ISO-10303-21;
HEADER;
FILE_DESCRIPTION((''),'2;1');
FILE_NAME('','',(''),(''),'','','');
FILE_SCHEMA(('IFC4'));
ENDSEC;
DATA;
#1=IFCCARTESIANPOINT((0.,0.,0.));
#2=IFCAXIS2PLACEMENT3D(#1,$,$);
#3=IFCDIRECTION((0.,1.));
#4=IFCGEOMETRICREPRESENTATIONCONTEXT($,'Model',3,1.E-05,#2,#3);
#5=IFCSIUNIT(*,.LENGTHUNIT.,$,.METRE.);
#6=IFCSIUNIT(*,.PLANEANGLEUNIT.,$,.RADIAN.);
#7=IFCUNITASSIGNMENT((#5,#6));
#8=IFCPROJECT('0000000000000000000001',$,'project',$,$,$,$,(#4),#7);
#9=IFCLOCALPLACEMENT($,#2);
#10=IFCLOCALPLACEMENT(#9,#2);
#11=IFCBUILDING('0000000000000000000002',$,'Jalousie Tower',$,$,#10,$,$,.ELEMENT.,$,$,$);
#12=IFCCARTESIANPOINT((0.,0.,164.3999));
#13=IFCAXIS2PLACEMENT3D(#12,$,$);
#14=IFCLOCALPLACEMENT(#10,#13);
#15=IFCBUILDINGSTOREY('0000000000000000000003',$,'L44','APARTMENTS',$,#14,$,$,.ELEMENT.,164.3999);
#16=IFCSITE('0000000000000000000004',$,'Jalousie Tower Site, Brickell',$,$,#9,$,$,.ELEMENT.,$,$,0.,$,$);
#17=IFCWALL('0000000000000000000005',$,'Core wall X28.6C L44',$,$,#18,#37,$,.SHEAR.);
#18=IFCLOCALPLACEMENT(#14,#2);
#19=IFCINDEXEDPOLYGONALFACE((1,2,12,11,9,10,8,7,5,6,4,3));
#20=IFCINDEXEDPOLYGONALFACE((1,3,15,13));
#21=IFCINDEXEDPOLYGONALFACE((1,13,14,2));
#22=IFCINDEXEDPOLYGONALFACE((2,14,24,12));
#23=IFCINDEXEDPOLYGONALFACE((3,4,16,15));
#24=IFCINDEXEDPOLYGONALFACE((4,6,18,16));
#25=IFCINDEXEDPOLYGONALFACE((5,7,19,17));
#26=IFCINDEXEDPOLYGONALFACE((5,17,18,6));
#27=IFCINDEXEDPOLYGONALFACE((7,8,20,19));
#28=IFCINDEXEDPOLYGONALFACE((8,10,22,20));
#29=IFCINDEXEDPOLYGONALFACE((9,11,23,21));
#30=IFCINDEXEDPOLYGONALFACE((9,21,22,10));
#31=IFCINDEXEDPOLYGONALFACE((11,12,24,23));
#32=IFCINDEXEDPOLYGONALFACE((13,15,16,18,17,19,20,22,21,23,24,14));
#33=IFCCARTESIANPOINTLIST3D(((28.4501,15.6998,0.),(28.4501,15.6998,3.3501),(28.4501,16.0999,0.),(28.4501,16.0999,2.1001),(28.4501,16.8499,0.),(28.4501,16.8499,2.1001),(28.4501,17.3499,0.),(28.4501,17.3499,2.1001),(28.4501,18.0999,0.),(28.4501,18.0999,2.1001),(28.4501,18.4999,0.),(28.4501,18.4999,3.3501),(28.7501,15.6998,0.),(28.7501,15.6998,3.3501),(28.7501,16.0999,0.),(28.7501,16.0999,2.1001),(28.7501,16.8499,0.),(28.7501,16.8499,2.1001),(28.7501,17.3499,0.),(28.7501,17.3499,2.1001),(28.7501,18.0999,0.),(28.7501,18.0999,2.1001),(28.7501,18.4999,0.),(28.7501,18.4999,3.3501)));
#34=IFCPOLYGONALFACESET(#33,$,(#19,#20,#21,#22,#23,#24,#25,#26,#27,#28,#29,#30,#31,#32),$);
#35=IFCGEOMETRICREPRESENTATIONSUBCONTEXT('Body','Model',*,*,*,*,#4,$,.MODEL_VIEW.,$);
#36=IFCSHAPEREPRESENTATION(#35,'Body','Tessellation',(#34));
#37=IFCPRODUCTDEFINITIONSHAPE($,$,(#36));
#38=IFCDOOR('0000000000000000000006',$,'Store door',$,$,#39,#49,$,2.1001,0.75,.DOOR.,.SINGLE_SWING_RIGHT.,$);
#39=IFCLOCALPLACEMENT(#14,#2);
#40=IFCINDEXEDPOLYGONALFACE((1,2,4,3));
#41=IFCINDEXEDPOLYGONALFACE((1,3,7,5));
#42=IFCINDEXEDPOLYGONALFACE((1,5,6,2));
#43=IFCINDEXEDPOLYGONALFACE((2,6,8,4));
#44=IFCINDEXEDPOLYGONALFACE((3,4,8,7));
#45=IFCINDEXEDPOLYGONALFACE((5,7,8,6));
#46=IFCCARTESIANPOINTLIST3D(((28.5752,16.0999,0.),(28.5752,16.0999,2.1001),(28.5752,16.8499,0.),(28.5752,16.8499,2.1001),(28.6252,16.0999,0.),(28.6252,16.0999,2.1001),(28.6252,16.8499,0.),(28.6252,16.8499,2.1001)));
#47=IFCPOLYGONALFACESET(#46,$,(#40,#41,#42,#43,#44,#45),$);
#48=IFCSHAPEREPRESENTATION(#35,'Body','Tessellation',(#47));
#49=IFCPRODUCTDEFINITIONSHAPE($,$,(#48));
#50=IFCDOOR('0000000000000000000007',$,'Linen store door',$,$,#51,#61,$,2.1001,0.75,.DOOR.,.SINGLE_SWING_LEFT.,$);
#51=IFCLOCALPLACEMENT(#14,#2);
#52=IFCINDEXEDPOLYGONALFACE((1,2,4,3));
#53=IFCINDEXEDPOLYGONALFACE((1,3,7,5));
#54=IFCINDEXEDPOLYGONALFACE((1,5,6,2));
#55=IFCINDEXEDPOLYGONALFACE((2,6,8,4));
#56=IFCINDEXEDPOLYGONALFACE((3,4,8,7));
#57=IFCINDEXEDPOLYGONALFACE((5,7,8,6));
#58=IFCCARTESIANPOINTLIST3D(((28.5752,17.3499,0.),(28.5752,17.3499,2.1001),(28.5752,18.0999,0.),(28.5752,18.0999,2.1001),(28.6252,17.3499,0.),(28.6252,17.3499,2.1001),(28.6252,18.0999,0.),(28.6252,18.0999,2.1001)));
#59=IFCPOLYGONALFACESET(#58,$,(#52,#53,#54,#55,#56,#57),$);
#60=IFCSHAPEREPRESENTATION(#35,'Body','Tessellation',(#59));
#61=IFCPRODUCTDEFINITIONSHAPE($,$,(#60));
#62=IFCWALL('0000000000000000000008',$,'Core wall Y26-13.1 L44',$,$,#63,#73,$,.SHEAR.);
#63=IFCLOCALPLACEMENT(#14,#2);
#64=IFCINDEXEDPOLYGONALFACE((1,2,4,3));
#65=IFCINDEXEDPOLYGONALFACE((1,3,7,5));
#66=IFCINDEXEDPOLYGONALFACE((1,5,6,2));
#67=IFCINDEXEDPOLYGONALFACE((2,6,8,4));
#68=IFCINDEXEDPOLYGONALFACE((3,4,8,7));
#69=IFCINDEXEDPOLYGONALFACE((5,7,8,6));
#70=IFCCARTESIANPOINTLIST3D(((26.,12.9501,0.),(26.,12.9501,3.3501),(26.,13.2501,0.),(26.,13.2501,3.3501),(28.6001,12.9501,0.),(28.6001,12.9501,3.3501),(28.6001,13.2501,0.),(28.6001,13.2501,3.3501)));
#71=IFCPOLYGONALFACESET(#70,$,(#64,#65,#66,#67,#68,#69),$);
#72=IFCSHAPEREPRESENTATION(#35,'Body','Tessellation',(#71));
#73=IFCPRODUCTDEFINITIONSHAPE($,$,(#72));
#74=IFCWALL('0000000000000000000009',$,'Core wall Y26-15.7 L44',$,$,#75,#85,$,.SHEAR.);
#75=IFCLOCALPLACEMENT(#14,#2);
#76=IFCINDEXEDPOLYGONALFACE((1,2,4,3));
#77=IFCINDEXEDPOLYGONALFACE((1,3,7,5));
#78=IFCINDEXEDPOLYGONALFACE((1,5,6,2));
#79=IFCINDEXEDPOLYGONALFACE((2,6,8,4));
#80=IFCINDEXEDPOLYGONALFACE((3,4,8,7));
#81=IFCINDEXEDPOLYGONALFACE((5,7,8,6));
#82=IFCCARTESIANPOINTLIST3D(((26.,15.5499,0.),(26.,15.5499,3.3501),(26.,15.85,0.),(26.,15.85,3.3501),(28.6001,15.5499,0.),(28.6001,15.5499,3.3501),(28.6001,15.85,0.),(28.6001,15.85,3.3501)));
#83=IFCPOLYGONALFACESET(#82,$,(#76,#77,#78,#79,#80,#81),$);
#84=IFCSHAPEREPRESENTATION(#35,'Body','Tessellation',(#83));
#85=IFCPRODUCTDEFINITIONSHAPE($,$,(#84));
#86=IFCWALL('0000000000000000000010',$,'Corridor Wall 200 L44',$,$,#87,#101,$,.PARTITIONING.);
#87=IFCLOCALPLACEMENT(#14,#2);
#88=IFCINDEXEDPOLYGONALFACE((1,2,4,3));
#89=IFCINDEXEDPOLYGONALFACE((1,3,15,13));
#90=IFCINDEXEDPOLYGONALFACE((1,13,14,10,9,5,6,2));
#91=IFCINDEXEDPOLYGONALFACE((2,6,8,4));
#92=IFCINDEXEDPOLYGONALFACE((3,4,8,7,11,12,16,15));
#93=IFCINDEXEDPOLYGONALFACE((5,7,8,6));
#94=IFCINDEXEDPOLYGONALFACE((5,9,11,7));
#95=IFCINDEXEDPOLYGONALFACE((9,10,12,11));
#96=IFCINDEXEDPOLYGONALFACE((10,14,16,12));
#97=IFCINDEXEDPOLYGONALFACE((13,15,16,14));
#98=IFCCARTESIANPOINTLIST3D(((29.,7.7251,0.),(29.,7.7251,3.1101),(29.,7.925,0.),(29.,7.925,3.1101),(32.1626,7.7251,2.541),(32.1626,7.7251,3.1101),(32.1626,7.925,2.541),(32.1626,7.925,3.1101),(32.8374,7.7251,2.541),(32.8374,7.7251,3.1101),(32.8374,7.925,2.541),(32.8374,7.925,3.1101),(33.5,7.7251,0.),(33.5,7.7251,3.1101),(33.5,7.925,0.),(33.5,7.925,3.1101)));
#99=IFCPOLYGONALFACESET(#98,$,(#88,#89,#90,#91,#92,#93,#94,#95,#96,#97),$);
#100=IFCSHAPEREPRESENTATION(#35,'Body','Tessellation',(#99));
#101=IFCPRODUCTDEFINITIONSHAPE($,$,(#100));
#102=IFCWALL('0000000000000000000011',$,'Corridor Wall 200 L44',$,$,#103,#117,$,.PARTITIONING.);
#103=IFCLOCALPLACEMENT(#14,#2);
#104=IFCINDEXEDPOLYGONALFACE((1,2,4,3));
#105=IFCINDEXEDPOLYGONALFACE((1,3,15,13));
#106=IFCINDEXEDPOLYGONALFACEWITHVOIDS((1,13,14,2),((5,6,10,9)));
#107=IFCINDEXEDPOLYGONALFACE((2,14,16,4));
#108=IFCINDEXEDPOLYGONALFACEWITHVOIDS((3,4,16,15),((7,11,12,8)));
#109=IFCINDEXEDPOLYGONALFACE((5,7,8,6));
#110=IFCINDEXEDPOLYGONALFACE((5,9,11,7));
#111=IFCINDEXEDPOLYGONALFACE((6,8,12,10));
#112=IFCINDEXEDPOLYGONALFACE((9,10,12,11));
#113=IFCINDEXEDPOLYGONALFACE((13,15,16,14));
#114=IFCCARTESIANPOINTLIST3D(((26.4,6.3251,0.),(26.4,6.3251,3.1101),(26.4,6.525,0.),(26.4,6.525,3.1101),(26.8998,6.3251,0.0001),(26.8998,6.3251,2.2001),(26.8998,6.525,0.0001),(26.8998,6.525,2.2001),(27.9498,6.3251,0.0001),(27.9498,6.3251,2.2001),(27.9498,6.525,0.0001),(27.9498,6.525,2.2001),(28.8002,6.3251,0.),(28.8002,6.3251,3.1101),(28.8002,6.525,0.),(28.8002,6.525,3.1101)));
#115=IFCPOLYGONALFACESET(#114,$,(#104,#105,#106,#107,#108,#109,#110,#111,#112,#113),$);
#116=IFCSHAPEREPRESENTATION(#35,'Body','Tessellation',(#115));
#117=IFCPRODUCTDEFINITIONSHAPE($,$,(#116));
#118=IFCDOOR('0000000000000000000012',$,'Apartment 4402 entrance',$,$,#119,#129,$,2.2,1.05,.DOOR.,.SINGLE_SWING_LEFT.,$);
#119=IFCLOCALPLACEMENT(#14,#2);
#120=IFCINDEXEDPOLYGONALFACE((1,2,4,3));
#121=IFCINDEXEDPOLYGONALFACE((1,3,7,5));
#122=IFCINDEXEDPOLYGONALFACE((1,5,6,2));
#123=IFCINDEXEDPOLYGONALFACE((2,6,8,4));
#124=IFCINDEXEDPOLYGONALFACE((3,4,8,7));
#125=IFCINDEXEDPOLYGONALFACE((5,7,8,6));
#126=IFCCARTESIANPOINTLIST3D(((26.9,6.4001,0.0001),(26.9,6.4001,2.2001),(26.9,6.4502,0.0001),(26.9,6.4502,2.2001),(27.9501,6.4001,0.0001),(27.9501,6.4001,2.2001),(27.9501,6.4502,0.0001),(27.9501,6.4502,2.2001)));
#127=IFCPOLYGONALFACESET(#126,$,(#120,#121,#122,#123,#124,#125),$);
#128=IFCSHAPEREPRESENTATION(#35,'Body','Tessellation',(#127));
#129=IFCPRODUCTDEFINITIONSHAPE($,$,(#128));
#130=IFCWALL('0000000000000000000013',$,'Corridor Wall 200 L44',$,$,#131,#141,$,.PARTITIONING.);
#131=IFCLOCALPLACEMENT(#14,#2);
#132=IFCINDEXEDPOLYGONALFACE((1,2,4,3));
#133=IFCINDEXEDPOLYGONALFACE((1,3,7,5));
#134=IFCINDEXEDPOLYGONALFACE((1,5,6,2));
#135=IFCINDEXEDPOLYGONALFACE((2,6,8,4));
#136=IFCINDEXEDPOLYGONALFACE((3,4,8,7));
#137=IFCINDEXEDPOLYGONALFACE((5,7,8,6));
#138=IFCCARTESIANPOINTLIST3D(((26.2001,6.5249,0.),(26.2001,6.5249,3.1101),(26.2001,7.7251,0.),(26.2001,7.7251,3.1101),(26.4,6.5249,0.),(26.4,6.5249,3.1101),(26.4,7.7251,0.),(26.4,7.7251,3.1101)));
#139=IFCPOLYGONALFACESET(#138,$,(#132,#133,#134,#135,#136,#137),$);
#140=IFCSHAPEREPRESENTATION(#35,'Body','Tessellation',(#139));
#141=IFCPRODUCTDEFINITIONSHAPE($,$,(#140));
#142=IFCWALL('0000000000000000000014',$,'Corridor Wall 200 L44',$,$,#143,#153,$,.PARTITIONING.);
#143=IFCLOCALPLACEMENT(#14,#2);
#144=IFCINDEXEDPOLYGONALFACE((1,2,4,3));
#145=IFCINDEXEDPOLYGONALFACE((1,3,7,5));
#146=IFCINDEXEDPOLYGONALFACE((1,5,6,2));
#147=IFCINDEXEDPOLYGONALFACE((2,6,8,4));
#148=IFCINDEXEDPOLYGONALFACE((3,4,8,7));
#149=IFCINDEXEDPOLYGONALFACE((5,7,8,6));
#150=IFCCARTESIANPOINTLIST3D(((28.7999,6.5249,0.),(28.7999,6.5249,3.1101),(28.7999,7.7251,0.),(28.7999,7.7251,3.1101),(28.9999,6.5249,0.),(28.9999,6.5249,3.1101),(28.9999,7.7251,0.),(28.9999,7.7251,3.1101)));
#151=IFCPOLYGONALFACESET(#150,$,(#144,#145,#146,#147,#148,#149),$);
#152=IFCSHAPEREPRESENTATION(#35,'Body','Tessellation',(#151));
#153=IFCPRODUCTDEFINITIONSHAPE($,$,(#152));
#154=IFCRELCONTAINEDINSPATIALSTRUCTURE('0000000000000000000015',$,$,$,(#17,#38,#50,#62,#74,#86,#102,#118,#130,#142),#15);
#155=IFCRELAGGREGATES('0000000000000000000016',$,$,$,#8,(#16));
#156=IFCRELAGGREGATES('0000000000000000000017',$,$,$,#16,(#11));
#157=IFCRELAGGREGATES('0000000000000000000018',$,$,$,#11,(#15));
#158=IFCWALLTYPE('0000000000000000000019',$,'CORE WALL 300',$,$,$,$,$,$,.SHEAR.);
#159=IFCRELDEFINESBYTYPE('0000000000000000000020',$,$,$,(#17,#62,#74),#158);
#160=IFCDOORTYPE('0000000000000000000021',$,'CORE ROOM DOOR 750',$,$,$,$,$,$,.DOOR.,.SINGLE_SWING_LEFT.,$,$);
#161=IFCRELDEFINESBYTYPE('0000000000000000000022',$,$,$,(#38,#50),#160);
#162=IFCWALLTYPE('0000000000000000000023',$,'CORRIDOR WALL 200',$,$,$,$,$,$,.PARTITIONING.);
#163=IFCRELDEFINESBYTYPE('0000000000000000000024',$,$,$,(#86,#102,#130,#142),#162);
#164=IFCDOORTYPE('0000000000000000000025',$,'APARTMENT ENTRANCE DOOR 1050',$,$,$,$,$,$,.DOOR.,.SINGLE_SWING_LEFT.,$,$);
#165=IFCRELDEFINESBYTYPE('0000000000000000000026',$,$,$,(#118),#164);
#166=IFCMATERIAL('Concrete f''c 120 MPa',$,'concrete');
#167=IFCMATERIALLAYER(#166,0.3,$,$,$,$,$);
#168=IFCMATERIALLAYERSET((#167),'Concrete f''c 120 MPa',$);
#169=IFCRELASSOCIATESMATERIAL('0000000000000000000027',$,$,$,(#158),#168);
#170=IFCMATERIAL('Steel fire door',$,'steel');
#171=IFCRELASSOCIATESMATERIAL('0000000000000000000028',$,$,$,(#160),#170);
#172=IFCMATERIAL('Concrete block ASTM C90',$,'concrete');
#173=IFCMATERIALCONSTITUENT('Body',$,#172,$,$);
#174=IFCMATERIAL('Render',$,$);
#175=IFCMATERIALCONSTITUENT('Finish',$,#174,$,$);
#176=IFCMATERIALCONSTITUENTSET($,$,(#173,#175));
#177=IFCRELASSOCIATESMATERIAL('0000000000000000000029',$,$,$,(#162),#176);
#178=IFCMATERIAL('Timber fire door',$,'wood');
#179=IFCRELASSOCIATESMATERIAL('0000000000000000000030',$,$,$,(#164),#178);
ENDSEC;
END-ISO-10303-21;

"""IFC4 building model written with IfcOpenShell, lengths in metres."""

from ifc_helpers import new_model, si_unit, direction, frame, frame_2d, origin, place, context, subcontext, project, spatial, polyline, rectangle, outline, extrude, material, layer, layer_set, constituent, constituent_set, type_object, element, fill, save


model = new_model("IFC4")

# Units and contexts
model_context = context("Model", 3, precision=1e-05, world=origin(), true_north=direction((0.0, 1.0)))
body_context = subcontext(model_context, "Body", "Model", "MODEL_VIEW")
ifc_project = project(units=[si_unit("LENGTHUNIT", "METRE"), si_unit("PLANEANGLEUNIT", "RADIAN")], contexts=[model_context])

# Site, building, storey
site_placement = place(None, origin())
site = spatial("IfcSite", under=ifc_project, at=site_placement, Name="Jalousie Tower Site, Brickell", CompositionType="ELEMENT", RefElevation=0.0)
building_placement = place(site_placement, origin())
building = spatial("IfcBuilding", under=site, at=building_placement, Name="Jalousie Tower", CompositionType="ELEMENT")
storey_placement = place(building_placement, frame((0.0, 0.0, 164.3999)))
storey = spatial("IfcBuildingStorey", under=building, at=storey_placement, Name="L44", Description="APARTMENTS", CompositionType="ELEMENT", Elevation=164.3999)

# Shared definitions
ifc_material_1 = material(Name="Concrete f'c 120 MPa", Category="concrete")
ifc_layer = layer(ifc_material_1, 0.3)
ifc_layer_set = layer_set([ifc_layer], Name="Concrete f'c 120 MPa")
wall_type_1 = type_object("IfcWallType", Name="CORE WALL 300", PredefinedType="SHEAR", material=ifc_layer_set)

# Wall, openings, doors
wall_1_placement = place(storey_placement, frame((28.6001, 15.7, 0.0), z_axis=(0.0, 0.0, 1.0), x_axis=(0.0, 1.0, 0.0)))
wall_1 = element("IfcWall", 1, at=wall_1_placement, inside=storey, type_object=wall_type_1, Name="Core wall X28.6C L44", PredefinedType="SHEAR", context=body_context, shape_type="SweptSolid", body=[
    extrude(rectangle(XDim=2.8, YDim=0.3, at=frame_2d((1.3999, 0.0))), origin(), (0.0, 0.0, 1.0), 3.3501),
])
opening_1_placement = place(wall_1_placement, frame((0.3999, 0.0, 0.0)))
opening_1 = element("IfcOpeningElement", 2, at=opening_1_placement, cuts=wall_1, PredefinedType="OPENING", context=body_context, shape_type="SweptSolid", body=[
    extrude(rectangle(XDim=0.75, YDim=2.1001, at=frame_2d((0.375, 1.05))), frame((0.0, 0.1599, 0.0), z_axis=(0.0, -1.0, 0.0), x_axis=(1.0, 0.0, 0.0)), (0.0, 0.0, 1.0), 0.3201),
])
opening_2_placement = place(wall_1_placement, frame((1.6499, 0.0, 0.0)))
opening_2 = element("IfcOpeningElement", 3, at=opening_2_placement, cuts=wall_1, PredefinedType="OPENING", context=body_context, shape_type="SweptSolid", body=[
    extrude(rectangle(XDim=0.75, YDim=2.1001, at=frame_2d((0.375, 1.05))), frame((0.0, 0.1599, 0.0), z_axis=(0.0, -1.0, 0.0), x_axis=(1.0, 0.0, 0.0)), (0.0, 0.0, 1.0), 0.3201),
])
ifc_material_2 = material(Name="Steel fire door", Category="steel")
door_type_1 = type_object("IfcDoorType", Name="CORE ROOM DOOR 750", OperationType="SINGLE_SWING_LEFT", PredefinedType="DOOR", material=ifc_material_2)
door_1_placement = place(opening_1_placement, origin())
door_1 = element("IfcDoor", 4, at=door_1_placement, inside=storey, type_object=door_type_1, Name="Store door", OperationType="SINGLE_SWING_RIGHT", OverallHeight=2.1001, OverallWidth=0.75, PredefinedType="DOOR", context=body_context, shape_type="SweptSolid", body=[
    extrude(rectangle(XDim=0.75, YDim=2.1001, at=frame_2d((0.375, 1.05))), frame((0.0, 0.0249, 0.0), z_axis=(0.0, -1.0, 0.0), x_axis=(1.0, 0.0, 0.0)), (0.0, 0.0, 1.0), 0.05),
])
fill(opening_1, door_1)
door_2_placement = place(opening_2_placement, origin())
door_2 = element("IfcDoor", 5, at=door_2_placement, inside=storey, type_object=door_type_1, Name="Linen store door", OperationType="SINGLE_SWING_LEFT", OverallHeight=2.1001, OverallWidth=0.75, PredefinedType="DOOR", context=body_context, shape_type="SweptSolid", body=[
    extrude(rectangle(XDim=0.75, YDim=2.1001, at=frame_2d((0.375, 1.05))), frame((0.0, 0.0249, 0.0), z_axis=(0.0, -1.0, 0.0), x_axis=(1.0, 0.0, 0.0)), (0.0, 0.0, 1.0), 0.05),
])
fill(opening_2, door_2)

# Walls
for number, where, z_axis, x_axis, name in (
    (6, (26.0, 13.1001, 0.0), (0.0, 0.0, 1.0), (1.0, 0.0, 0.0), "Core wall Y26-13.1 L44"),
    (7, (26.0, 15.7, 0.0), (0.0, 0.0, 1.0), (1.0, 0.0, 0.0), "Core wall Y26-15.7 L44"),
):
    element("IfcWall", number, at=place(storey_placement, frame(where, z_axis=z_axis, x_axis=x_axis)), inside=storey, type_object=wall_type_1, Name=name, PredefinedType="SHEAR", context=body_context, shape_type="SweptSolid", body=[
        extrude(rectangle(XDim=2.6001, YDim=0.3, at=frame_2d((1.3, 0.0))), origin(), (0.0, 0.0, 1.0), 3.3501),
    ])
ifc_material_3 = material(Name="Concrete block ASTM C90", Category="concrete")
ifc_constituent_1 = constituent(ifc_material_3, Name="Body")
ifc_material_4 = material(Name="Render")
ifc_constituent_2 = constituent(ifc_material_4, Name="Finish")
ifc_constituent_set_1 = constituent_set(constituents=[ifc_constituent_1, ifc_constituent_2])
wall_type_2 = type_object("IfcWallType", Name="CORRIDOR WALL 200", PredefinedType="PARTITIONING", material=ifc_constituent_set_1)
wall_2_placement = place(storey_placement, frame((29.0, 7.825, 0.0), z_axis=(0.0, 0.0, 1.0), x_axis=(1.0, 0.0, 0.0)))
element("IfcWall", 8, at=wall_2_placement, inside=storey, type_object=wall_type_2, Name="Corridor Wall 200 L44", PredefinedType="PARTITIONING", context=body_context, shape_type="SweptSolid", body=[
    extrude(outline(polyline([(0.0, 0.0), (4.5, 0.0), (4.5, 3.1101), (3.8374, 3.1101), (3.8374, 2.541), (3.1626, 2.541), (3.1626, 3.1101), (0.0, 3.1101), (0.0, 0.0)])), frame((0.0, 0.1001, 0.0), z_axis=(0.0, -1.0, 0.0), x_axis=(1.0, 0.0, 0.0)), (0.0, 0.0, 1.0), 0.2),
])

# Wall, opening, door
wall_3_placement = place(storey_placement, frame((26.3999, 6.425, 0.0), z_axis=(0.0, 0.0, 1.0), x_axis=(1.0, 0.0, 0.0)))
wall_3 = element("IfcWall", 9, at=wall_3_placement, inside=storey, type_object=wall_type_2, Name="Corridor Wall 200 L44", PredefinedType="PARTITIONING", context=body_context, shape_type="SweptSolid", body=[
    extrude(rectangle(XDim=2.4001, YDim=0.2, at=frame_2d((1.2002, 0.0))), origin(), (0.0, 0.0, 1.0), 3.1101),
])
opening_3_placement = place(wall_3_placement, frame((0.5, 0.0, 0.0)))
opening_3 = element("IfcOpeningElement", 10, at=opening_3_placement, cuts=wall_3, PredefinedType="OPENING", context=body_context, shape_type="SweptSolid", body=[
    extrude(rectangle(XDim=1.05, YDim=2.2, at=frame_2d((0.5249, 1.1001))), frame((0.0, 0.1099, 0.0), z_axis=(0.0, -1.0, 0.0), x_axis=(1.0, 0.0, 0.0)), (0.0, 0.0, 1.0), 0.22),
])
ifc_material_5 = material(Name="Timber fire door", Category="wood")
door_type_2 = type_object("IfcDoorType", Name="APARTMENT ENTRANCE DOOR 1050", OperationType="SINGLE_SWING_LEFT", PredefinedType="DOOR", material=ifc_material_5)
door_3_placement = place(opening_3_placement, frame((1.05, 0.0, 0.0), z_axis=(0.0, 0.0, 1.0), x_axis=(-1.0, 0.0, 0.0)))
door_3 = element("IfcDoor", 11, at=door_3_placement, inside=storey, type_object=door_type_2, Name="Apartment 4402 entrance", OperationType="SINGLE_SWING_LEFT", OverallHeight=2.2, OverallWidth=1.05, PredefinedType="DOOR", context=body_context, shape_type="SweptSolid", body=[
    extrude(rectangle(XDim=1.05, YDim=2.2, at=frame_2d((0.5249, 1.1001))), frame((0.0, 0.0249, 0.0), z_axis=(0.0, -1.0, 0.0), x_axis=(1.0, 0.0, 0.0)), (0.0, 0.0, 1.0), 0.05),
])
fill(opening_3, door_3)

# Walls
for number, where, z_axis, x_axis, name in (
    (12, (26.3, 7.7251, 0.0), (0.0, 0.0, 1.0), (0.0, -1.0, 0.0), "Corridor Wall 200 L44"),
    (13, (28.8999, 7.7251, 0.0), (0.0, 0.0, 1.0), (0.0, -1.0, 0.0), "Corridor Wall 200 L44"),
):
    element("IfcWall", number, at=place(storey_placement, frame(where, z_axis=z_axis, x_axis=x_axis)), inside=storey, type_object=wall_type_2, Name=name, PredefinedType="PARTITIONING", context=body_context, shape_type="SweptSolid", body=[
        extrude(rectangle(XDim=1.2002, YDim=0.2, at=frame_2d((0.6001, 0.0))), origin(), (0.0, 0.0, 1.0), 3.1101),
    ])

save(model, "model.ifc")
